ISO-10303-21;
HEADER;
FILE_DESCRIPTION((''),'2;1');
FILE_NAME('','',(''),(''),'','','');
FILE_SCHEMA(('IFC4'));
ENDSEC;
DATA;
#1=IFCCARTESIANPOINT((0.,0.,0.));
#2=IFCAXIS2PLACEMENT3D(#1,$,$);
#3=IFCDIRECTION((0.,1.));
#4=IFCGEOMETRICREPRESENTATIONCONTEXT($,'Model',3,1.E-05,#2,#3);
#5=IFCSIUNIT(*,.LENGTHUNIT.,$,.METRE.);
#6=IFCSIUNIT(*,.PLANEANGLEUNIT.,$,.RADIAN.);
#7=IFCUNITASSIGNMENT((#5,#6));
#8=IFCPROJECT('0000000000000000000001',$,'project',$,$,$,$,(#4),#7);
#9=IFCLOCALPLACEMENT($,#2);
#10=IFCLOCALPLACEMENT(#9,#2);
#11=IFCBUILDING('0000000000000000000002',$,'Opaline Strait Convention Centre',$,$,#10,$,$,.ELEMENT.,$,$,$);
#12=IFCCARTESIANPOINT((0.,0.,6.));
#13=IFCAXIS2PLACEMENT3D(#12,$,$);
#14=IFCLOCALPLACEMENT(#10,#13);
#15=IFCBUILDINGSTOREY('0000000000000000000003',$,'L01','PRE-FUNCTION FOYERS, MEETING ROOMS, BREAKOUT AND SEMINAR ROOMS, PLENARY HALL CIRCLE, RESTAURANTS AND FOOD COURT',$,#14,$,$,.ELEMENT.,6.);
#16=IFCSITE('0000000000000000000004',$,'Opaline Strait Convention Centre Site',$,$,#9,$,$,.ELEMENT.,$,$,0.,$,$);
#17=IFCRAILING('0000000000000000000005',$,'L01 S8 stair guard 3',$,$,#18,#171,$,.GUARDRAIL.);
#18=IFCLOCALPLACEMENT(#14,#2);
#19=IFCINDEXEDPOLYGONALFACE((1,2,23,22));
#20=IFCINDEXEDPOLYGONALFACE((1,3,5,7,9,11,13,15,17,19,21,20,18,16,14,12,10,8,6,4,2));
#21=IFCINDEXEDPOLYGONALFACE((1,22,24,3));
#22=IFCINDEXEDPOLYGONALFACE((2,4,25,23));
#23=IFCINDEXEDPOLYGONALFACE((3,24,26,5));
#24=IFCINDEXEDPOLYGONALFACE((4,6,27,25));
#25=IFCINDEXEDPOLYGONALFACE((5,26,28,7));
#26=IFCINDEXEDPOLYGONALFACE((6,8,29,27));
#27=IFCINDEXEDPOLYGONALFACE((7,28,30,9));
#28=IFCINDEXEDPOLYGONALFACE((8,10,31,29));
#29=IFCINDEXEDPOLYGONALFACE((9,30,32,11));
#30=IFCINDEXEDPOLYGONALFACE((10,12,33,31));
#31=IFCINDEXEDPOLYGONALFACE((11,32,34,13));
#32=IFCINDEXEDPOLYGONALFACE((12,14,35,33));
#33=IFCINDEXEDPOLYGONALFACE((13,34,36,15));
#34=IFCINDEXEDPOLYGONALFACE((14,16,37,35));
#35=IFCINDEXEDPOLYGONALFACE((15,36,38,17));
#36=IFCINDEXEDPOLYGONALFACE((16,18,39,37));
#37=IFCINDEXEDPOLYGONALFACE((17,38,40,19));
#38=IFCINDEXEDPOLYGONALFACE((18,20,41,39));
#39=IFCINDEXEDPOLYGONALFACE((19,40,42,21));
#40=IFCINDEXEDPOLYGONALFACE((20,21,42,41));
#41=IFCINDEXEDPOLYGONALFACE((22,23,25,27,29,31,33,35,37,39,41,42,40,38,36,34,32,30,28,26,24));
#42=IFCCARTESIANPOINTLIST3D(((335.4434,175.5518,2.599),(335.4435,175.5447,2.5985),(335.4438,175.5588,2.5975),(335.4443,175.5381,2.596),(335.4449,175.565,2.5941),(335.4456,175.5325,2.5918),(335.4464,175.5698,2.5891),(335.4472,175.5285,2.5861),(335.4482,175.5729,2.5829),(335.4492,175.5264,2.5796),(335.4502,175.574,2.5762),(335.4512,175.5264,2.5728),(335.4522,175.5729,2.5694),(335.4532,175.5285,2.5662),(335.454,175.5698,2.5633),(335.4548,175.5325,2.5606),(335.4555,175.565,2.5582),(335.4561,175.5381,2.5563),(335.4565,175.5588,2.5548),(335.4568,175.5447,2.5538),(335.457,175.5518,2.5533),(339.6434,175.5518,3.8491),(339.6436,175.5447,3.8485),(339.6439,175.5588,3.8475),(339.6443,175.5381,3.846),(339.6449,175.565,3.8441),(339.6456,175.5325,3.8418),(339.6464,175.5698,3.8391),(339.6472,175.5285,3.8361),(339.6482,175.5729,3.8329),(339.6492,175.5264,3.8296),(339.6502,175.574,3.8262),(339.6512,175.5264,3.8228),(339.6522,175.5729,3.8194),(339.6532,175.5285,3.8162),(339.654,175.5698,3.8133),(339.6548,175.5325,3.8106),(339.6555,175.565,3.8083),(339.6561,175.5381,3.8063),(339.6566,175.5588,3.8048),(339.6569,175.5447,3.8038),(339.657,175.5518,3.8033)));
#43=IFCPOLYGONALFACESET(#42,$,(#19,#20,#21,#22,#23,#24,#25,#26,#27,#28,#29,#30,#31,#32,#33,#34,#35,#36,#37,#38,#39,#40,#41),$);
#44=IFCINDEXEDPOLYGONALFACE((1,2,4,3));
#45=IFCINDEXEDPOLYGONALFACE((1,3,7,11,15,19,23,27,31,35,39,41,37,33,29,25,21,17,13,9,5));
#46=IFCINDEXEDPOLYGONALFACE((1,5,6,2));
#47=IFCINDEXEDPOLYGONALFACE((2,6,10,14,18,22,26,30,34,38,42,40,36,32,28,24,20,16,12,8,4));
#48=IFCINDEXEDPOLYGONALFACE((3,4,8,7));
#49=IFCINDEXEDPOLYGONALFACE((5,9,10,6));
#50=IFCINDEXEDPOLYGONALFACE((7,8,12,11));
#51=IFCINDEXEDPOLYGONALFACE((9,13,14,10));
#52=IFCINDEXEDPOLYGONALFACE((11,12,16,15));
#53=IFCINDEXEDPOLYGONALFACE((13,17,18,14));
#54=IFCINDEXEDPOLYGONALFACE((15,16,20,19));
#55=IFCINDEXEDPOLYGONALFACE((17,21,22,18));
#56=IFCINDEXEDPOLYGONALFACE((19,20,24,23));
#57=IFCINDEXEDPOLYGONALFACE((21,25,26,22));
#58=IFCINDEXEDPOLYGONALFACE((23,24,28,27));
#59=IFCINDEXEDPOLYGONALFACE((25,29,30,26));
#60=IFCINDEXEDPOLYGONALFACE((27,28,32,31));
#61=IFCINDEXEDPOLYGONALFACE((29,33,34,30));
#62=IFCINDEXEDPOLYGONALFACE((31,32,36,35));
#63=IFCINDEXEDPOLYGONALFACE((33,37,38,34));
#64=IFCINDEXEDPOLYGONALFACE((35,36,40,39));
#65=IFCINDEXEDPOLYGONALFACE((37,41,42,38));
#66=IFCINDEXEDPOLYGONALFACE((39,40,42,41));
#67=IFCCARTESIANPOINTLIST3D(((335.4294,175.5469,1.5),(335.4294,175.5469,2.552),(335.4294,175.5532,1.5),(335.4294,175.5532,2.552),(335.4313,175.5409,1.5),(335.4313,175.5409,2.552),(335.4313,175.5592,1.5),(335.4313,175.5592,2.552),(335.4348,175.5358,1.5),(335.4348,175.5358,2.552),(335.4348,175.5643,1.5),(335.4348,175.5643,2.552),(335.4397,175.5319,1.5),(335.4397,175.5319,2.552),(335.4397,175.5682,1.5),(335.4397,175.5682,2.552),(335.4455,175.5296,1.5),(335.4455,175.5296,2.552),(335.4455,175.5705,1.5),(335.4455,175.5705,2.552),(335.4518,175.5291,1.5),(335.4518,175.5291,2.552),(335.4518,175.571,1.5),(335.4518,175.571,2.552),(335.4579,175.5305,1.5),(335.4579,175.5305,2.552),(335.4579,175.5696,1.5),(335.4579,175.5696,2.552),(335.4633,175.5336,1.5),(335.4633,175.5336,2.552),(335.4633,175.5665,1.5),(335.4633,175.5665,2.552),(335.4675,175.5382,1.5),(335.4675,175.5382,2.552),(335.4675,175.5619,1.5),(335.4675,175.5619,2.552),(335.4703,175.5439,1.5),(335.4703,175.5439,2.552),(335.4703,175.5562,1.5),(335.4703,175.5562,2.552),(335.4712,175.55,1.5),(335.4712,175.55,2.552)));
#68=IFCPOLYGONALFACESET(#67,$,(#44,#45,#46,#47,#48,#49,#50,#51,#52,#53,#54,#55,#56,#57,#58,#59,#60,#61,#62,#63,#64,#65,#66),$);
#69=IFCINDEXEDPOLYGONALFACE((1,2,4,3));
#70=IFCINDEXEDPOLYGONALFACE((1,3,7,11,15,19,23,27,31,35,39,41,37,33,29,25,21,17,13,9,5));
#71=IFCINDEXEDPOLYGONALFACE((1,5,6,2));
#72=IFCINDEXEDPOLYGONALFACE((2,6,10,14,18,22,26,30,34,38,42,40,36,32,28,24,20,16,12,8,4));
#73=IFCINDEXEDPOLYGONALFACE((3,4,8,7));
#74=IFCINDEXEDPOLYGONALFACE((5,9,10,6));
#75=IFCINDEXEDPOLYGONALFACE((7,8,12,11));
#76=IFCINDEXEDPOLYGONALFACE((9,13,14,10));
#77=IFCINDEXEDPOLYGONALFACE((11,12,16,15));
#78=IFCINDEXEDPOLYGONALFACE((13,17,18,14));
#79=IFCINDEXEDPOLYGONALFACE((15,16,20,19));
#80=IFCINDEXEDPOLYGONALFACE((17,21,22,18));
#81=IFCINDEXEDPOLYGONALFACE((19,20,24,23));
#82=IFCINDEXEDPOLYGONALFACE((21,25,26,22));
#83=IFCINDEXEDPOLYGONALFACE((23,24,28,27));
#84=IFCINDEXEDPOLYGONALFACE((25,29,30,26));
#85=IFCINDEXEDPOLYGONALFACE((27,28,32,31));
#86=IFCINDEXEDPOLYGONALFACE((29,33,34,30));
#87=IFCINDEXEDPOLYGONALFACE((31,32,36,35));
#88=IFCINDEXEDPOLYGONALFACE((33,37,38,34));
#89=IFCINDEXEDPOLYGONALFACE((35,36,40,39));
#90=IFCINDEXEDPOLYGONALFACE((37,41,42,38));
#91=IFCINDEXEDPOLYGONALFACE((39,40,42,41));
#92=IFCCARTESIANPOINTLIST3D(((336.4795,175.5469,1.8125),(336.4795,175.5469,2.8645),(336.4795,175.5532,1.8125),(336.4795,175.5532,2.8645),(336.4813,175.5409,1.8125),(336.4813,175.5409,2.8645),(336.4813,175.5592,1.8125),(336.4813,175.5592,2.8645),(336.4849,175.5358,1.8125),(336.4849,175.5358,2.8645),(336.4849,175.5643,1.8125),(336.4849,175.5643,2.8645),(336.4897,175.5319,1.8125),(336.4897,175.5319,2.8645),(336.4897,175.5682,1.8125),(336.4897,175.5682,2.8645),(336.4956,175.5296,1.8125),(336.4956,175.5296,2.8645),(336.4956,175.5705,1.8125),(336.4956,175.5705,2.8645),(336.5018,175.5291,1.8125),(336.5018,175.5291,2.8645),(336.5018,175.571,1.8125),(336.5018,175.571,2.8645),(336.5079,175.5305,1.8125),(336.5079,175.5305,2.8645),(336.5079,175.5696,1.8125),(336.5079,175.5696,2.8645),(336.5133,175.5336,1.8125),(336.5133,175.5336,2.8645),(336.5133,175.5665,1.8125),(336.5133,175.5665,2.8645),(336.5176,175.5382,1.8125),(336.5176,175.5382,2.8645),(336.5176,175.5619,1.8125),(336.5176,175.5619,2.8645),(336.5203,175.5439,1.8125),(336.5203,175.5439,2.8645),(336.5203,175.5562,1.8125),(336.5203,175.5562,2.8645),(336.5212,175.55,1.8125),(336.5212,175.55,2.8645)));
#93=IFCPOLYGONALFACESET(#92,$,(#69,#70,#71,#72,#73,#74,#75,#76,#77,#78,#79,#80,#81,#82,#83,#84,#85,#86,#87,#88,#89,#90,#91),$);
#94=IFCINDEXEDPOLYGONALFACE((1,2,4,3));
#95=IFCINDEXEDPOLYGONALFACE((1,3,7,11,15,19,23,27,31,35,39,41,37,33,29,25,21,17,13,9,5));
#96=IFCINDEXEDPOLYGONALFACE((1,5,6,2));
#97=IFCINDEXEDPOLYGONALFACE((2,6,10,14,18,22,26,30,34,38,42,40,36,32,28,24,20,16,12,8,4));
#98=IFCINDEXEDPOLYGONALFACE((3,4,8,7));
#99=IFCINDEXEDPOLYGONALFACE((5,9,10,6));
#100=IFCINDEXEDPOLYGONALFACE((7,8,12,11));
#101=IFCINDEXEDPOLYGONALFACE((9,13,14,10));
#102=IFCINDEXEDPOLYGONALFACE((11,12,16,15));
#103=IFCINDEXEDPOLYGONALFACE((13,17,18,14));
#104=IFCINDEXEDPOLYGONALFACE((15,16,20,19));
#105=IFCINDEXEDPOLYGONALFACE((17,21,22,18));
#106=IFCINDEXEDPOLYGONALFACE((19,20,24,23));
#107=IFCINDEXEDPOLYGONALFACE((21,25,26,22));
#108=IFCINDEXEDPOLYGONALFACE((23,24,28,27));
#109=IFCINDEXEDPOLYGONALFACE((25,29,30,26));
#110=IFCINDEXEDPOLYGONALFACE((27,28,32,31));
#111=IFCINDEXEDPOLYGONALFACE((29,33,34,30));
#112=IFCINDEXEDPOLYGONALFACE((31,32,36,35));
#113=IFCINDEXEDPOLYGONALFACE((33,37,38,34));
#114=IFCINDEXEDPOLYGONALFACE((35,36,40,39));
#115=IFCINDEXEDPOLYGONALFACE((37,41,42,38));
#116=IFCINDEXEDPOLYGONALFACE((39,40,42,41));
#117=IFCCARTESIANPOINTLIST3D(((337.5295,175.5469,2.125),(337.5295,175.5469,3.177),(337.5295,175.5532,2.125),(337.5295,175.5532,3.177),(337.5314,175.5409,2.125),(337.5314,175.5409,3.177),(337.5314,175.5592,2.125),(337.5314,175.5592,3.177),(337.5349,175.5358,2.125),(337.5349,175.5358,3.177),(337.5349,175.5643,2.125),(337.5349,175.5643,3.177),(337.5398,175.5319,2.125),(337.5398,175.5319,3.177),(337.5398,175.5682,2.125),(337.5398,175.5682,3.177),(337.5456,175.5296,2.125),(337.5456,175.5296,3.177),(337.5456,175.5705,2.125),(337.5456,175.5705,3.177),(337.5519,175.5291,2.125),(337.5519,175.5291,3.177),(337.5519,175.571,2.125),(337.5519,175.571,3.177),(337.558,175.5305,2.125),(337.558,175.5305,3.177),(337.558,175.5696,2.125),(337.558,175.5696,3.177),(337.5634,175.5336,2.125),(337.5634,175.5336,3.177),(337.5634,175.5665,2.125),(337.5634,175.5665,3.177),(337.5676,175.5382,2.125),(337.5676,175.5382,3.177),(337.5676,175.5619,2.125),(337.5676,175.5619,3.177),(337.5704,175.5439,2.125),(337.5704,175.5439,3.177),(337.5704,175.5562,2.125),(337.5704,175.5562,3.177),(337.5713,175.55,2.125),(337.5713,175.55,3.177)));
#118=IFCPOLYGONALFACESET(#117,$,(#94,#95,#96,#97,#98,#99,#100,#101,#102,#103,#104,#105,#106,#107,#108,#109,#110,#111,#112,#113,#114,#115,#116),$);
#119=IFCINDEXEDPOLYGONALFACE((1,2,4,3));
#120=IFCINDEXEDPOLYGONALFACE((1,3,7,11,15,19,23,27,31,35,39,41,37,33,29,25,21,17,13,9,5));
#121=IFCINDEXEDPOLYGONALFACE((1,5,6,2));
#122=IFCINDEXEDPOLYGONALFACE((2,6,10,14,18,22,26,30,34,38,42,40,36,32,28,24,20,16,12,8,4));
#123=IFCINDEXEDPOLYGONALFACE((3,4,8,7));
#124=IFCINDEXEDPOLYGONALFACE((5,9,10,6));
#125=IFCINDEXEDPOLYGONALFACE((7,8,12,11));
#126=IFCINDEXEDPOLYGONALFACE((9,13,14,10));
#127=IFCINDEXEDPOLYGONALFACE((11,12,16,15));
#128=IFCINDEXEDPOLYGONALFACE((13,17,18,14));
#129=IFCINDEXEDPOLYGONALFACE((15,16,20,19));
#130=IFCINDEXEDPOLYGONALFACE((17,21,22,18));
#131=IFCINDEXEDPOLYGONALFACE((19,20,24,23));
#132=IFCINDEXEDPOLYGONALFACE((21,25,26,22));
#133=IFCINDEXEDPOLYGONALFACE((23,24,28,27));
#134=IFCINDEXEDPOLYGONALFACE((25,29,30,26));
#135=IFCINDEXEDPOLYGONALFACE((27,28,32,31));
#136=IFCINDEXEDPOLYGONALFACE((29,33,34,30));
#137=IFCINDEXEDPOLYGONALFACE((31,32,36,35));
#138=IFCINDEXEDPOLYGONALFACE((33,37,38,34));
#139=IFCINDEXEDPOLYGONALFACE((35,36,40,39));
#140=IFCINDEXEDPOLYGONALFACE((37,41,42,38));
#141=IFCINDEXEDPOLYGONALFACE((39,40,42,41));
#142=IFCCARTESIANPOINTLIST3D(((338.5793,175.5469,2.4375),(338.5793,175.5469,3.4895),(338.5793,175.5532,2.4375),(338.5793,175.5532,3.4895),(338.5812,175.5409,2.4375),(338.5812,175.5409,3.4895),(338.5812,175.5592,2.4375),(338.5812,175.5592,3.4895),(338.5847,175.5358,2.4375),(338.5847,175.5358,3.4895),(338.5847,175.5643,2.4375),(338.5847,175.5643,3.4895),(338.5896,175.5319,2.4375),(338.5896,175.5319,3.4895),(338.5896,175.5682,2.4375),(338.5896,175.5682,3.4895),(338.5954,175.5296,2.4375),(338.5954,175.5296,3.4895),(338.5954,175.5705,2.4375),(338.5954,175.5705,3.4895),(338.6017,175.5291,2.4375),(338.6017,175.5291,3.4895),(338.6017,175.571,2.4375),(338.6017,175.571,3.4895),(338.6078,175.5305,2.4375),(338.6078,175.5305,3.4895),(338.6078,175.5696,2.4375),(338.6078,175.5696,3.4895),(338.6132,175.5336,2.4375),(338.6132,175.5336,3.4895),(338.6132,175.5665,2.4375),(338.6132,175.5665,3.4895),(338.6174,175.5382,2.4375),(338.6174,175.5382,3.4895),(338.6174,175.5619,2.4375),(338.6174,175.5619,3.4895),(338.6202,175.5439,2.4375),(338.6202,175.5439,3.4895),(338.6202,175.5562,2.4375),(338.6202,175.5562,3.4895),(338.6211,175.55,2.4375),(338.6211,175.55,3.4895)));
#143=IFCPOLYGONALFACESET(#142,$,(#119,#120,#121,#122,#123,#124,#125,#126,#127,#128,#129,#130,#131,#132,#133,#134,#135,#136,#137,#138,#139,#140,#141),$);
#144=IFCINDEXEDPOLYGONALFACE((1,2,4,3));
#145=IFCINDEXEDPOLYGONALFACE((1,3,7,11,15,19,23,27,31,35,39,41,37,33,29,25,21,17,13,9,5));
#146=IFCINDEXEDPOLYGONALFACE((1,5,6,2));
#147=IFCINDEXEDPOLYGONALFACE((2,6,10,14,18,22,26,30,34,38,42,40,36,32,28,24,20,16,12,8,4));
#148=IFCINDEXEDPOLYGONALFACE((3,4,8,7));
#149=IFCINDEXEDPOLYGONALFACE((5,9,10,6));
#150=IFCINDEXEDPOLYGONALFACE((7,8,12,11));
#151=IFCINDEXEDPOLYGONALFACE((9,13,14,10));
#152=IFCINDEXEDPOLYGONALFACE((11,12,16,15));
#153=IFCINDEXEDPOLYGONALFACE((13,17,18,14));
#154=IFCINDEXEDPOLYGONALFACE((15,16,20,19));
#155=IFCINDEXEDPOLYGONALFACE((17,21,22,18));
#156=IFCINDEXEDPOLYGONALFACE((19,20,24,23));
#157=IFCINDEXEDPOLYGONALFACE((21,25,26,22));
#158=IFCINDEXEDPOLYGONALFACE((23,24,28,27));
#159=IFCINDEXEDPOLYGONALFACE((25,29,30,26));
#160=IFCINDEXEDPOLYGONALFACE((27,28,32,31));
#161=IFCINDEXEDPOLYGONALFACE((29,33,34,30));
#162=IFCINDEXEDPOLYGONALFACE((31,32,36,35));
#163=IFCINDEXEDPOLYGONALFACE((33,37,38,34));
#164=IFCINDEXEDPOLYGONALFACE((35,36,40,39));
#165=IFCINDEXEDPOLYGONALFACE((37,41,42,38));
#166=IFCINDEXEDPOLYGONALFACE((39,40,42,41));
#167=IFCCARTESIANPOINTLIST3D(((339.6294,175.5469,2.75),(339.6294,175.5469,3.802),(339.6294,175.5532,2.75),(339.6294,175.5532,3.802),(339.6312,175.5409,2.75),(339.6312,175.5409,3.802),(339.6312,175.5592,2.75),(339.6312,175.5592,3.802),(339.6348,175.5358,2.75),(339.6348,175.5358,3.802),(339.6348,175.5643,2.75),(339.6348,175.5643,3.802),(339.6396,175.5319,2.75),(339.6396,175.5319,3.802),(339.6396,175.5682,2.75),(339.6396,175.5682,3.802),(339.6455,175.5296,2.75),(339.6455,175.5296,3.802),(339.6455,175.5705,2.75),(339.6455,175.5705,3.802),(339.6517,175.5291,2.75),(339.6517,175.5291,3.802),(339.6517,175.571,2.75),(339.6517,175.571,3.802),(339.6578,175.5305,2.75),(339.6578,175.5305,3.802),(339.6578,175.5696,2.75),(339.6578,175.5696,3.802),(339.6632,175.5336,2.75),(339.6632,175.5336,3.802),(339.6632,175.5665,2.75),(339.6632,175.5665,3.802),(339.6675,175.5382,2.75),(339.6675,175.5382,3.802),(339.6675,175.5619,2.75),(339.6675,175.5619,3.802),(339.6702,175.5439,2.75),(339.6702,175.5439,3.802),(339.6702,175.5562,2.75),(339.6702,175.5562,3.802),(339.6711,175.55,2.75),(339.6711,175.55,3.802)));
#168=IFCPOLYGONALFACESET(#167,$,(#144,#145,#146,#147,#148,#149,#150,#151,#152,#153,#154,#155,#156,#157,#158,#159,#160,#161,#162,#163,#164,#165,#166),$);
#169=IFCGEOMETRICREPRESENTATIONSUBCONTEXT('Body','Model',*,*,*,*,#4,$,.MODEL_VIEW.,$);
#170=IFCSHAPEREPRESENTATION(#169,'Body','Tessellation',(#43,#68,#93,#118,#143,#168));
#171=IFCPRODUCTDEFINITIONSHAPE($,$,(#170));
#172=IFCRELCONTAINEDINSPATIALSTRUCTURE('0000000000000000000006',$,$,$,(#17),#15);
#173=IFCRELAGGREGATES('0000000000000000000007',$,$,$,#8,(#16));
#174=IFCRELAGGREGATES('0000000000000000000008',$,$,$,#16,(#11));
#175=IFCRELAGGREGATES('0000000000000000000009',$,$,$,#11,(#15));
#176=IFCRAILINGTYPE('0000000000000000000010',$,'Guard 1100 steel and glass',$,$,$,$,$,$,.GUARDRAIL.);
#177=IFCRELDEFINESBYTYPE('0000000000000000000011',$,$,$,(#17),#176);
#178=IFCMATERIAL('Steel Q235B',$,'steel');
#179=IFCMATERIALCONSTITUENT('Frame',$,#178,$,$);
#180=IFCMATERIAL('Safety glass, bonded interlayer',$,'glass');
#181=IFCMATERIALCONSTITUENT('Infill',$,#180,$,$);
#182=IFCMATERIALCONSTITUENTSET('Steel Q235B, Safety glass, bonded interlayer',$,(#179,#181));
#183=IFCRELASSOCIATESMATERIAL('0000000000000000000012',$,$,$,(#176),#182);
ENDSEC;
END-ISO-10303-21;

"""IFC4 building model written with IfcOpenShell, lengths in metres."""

from ifc_helpers import new_model, si_unit, direction, frame, origin, origin_2d, place, context, subcontext, project, spatial, circle, extrude, material, constituent, constituent_set, type_object, element, save


model = new_model("IFC4")

# Units and contexts
model_context = context("Model", 3, precision=1e-05, world=origin(), true_north=direction((0.0, 1.0)))
body_context = subcontext(model_context, "Body", "Model", "MODEL_VIEW")
ifc_project = project(units=[si_unit("LENGTHUNIT", "METRE"), si_unit("PLANEANGLEUNIT", "RADIAN")], contexts=[model_context])

# Site, building, storey
site_placement = place(None, origin())
site = spatial("IfcSite", under=ifc_project, at=site_placement, Name="Opaline Strait Convention Centre Site", CompositionType="ELEMENT", RefElevation=0.0)
building_placement = place(site_placement, origin())
building = spatial("IfcBuilding", under=site, at=building_placement, Name="Opaline Strait Convention Centre", CompositionType="ELEMENT")
storey_placement = place(building_placement, frame((0.0, 0.0, 6.0)))
storey = spatial("IfcBuildingStorey", under=building, at=storey_placement, Name="L01", Description="PRE-FUNCTION FOYERS, MEETING ROOMS, BREAKOUT AND SEMINAR ROOMS, PLENARY HALL CIRCLE, RESTAURANTS AND FOOD COURT", CompositionType="ELEMENT", Elevation=6.0)

# Railing
ifc_material_1 = material(Name="Steel Q235B", Category="steel")
ifc_constituent_1 = constituent(ifc_material_1, Name="Frame")
ifc_material_2 = material(Name="Safety glass, bonded interlayer", Category="glass")
ifc_constituent_2 = constituent(ifc_material_2, Name="Infill")
ifc_constituent_set = constituent_set(constituents=[ifc_constituent_1, ifc_constituent_2], Name="Steel Q235B, Safety glass, bonded interlayer")
railing_type_1 = type_object("IfcRailingType", Name="Guard 1100 steel and glass", PredefinedType="GUARDRAIL", material=ifc_constituent_set)
railing_1_placement = place(storey_placement, frame((335.4502, 175.55, 1.5)))
element("IfcRailing", 1, at=railing_1_placement, inside=storey, type_object=railing_type_1, Name="L01 S8 stair guard 3", PredefinedType="GUARDRAIL", context=body_context, shape_type="SweptSolid", body=[
    extrude(circle(Radius=0.0239, at=origin_2d()), frame((0.0, 0.0, 1.0762), z_axis=(0.958451, 0.0, 0.285257), x_axis=(0.0, 1.0, 0.0)), (0.0, 0.0, 1.0), 4.3821),
    extrude(circle(Radius=0.021, at=origin_2d()), origin(), (0.0, 0.0, 1.0), 1.052),
    extrude(circle(Radius=0.021, at=origin_2d()), frame((1.05, 0.0, 0.3125)), (0.0, 0.0, 1.0), 1.052),
    extrude(circle(Radius=0.021, at=origin_2d()), frame((2.1001, 0.0, 0.625)), (0.0, 0.0, 1.0), 1.052),
    extrude(circle(Radius=0.021, at=origin_2d()), frame((3.1499, 0.0, 0.9375)), (0.0, 0.0, 1.0), 1.052),
    extrude(circle(Radius=0.021, at=origin_2d()), frame((4.2, 0.0, 1.25)), (0.0, 0.0, 1.0), 1.052),
])

save(model, "model.ifc")
